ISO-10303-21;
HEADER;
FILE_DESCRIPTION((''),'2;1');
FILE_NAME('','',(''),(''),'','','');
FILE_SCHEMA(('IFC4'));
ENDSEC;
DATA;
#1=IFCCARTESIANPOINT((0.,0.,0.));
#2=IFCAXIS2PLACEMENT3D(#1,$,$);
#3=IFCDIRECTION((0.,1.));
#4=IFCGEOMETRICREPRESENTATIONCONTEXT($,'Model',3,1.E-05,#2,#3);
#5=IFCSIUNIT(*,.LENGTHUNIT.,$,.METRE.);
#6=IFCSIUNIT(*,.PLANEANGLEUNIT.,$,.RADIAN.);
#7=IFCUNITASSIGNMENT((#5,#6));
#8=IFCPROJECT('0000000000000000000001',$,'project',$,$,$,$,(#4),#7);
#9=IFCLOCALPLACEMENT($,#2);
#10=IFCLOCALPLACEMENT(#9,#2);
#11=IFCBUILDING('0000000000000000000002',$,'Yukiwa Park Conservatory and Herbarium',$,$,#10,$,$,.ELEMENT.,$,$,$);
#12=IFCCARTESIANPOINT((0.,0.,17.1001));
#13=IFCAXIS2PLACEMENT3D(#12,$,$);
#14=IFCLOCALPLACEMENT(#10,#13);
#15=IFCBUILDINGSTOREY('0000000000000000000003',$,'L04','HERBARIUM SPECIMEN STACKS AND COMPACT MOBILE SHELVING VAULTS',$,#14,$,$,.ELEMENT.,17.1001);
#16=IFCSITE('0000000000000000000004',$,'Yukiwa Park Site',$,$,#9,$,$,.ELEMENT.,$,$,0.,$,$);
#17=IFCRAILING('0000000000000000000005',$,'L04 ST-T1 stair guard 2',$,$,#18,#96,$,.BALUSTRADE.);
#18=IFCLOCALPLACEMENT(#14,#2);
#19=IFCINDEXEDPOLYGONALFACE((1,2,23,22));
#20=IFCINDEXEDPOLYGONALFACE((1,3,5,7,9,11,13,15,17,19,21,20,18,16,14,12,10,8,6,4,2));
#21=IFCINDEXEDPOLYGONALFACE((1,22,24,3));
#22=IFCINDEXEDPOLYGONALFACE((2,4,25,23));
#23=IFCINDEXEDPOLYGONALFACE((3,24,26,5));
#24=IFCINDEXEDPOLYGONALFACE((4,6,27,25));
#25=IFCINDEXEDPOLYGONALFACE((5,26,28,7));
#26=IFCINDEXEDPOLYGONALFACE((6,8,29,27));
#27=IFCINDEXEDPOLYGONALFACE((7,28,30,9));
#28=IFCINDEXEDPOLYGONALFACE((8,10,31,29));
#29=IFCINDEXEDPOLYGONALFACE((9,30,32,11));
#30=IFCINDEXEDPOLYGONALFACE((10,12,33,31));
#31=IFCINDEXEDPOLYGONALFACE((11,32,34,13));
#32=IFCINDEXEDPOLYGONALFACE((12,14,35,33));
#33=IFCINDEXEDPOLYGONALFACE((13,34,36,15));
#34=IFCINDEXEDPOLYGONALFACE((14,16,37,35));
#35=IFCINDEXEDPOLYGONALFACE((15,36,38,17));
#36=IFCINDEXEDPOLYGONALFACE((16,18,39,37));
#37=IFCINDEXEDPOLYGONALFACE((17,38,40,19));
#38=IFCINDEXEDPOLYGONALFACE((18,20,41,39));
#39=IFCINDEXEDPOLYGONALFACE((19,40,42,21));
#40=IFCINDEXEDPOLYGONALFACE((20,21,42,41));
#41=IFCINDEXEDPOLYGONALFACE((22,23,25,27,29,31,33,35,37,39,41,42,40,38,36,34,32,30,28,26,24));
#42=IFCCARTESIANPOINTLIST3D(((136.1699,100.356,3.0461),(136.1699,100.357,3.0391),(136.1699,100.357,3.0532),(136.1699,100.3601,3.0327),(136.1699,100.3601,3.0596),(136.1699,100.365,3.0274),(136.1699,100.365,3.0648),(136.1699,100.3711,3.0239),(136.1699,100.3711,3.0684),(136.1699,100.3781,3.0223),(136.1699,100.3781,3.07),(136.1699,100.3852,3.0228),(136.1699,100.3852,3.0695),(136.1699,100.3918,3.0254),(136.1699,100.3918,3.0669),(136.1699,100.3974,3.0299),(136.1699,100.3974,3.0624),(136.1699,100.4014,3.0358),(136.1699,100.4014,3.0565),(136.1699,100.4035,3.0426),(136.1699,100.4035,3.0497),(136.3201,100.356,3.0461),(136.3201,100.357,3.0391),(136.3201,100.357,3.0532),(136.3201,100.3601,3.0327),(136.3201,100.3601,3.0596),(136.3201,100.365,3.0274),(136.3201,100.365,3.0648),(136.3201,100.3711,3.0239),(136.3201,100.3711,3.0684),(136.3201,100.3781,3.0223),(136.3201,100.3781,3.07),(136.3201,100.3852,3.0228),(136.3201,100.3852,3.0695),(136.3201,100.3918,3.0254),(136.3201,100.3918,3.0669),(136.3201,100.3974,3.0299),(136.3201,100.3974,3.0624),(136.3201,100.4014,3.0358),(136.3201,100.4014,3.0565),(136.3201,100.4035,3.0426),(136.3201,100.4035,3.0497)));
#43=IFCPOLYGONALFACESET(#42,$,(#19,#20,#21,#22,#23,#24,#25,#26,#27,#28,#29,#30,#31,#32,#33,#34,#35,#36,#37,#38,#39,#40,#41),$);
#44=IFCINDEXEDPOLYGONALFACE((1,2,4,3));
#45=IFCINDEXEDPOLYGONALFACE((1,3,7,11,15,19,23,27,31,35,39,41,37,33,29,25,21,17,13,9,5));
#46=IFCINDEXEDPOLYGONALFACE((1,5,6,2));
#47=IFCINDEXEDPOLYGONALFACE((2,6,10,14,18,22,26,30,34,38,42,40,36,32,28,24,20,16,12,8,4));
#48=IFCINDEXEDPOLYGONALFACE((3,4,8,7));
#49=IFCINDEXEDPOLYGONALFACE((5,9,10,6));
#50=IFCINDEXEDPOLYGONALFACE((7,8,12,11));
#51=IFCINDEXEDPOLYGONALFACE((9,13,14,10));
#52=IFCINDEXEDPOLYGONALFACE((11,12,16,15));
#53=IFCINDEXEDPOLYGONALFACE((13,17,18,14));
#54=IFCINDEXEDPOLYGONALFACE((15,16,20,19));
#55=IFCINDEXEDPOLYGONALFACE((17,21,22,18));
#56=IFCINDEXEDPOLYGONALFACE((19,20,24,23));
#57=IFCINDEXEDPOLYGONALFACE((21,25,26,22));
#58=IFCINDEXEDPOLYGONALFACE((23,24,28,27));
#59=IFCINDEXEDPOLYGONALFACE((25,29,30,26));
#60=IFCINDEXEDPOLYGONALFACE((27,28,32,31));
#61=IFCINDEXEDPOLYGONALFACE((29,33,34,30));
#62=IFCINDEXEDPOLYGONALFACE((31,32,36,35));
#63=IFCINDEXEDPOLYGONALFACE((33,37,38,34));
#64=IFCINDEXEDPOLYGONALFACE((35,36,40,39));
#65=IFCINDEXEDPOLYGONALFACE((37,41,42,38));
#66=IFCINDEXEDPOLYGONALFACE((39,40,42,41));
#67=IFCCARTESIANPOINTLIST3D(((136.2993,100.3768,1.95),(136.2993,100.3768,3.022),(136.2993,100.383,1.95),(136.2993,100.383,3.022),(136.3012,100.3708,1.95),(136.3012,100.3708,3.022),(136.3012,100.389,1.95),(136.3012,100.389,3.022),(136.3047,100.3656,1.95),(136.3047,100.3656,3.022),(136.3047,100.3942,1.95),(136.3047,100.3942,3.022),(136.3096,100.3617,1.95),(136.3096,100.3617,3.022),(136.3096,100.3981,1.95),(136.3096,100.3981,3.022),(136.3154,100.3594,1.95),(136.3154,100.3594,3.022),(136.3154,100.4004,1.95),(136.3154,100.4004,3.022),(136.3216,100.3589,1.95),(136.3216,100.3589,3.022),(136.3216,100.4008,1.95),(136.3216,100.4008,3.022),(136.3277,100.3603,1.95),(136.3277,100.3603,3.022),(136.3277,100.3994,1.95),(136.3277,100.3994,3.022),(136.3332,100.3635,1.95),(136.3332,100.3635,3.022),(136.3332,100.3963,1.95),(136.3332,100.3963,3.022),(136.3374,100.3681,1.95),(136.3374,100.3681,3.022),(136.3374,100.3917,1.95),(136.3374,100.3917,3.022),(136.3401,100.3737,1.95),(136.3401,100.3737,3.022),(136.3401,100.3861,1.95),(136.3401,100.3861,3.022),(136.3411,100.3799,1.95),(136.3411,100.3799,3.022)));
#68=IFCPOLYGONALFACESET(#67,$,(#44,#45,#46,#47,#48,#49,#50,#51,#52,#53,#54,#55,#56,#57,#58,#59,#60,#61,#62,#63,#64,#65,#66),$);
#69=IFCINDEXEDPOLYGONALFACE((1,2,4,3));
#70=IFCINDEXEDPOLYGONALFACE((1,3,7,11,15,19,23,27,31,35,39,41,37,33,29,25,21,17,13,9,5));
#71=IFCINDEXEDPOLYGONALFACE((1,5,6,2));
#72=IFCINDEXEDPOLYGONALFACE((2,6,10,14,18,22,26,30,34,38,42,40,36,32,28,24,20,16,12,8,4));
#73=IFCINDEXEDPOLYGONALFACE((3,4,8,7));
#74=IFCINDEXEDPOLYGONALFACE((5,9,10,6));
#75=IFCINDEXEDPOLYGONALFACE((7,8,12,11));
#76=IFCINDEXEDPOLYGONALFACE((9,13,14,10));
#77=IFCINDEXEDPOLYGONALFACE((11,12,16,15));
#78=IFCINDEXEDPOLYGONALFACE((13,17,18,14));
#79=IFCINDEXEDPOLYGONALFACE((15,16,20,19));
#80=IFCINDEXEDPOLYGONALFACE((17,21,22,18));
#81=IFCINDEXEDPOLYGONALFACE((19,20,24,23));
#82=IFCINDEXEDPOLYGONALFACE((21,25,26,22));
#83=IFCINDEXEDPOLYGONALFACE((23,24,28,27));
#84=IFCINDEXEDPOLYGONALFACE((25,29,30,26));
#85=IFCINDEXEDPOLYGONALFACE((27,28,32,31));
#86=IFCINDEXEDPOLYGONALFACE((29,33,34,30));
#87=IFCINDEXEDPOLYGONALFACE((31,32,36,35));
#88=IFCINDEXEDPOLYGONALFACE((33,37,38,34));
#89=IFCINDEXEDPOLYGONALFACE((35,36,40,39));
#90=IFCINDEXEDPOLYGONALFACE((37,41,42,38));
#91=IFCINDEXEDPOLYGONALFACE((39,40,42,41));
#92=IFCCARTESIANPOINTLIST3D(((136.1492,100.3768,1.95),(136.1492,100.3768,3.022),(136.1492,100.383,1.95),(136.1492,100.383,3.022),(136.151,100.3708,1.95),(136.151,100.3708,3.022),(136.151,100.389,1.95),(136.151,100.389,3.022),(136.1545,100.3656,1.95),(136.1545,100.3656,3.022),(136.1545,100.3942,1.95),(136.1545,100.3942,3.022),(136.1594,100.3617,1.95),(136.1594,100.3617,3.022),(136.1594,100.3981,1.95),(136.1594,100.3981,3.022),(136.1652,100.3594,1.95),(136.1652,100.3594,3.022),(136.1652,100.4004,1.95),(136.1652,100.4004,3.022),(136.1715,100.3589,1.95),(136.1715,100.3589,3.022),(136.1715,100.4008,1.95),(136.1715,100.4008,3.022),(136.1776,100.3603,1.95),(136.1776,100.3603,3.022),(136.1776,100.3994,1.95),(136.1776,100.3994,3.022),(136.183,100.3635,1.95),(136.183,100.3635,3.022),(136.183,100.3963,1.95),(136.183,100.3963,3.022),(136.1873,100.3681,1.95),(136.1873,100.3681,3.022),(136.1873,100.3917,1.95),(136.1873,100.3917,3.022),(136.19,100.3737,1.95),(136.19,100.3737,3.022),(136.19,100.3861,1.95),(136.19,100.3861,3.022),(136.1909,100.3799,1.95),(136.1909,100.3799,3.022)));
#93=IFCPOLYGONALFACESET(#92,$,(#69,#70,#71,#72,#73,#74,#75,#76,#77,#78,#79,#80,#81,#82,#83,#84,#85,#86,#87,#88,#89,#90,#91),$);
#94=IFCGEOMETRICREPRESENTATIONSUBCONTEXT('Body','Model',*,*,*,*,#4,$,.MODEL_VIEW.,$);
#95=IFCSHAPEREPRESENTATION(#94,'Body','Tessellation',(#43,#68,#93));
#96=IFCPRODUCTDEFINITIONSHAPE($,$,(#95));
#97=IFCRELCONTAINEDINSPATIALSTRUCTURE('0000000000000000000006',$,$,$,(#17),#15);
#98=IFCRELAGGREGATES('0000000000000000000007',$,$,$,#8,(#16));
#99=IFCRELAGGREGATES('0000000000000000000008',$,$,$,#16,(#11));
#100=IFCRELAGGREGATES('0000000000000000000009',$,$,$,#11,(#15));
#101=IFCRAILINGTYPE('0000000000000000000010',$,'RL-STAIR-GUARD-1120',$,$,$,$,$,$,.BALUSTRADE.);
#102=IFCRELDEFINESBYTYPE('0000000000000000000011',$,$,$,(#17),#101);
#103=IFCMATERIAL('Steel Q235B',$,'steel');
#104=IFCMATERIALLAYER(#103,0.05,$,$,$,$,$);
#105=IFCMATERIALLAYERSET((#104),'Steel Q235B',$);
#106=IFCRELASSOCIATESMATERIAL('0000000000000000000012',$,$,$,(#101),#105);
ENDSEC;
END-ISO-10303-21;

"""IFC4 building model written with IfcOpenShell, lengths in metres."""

from ifc_helpers import new_model, si_unit, direction, frame, origin, origin_2d, place, context, subcontext, project, spatial, circle, extrude, material, layer, layer_set, type_object, element, save


model = new_model("IFC4")

# Units and contexts
model_context = context("Model", 3, precision=1e-05, world=origin(), true_north=direction((0.0, 1.0)))
body_context = subcontext(model_context, "Body", "Model", "MODEL_VIEW")
ifc_project = project(units=[si_unit("LENGTHUNIT", "METRE"), si_unit("PLANEANGLEUNIT", "RADIAN")], contexts=[model_context])

# Site, building, storey
site_placement = place(None, origin())
site = spatial("IfcSite", under=ifc_project, at=site_placement, Name="Yukiwa Park Site", CompositionType="ELEMENT", RefElevation=0.0)
building_placement = place(site_placement, origin())
building = spatial("IfcBuilding", under=site, at=building_placement, Name="Yukiwa Park Conservatory and Herbarium", CompositionType="ELEMENT")
storey_placement = place(building_placement, frame((0.0, 0.0, 17.1001)))
storey = spatial("IfcBuildingStorey", under=building, at=storey_placement, Name="L04", Description="HERBARIUM SPECIMEN STACKS AND COMPACT MOBILE SHELVING VAULTS", CompositionType="ELEMENT", Elevation=17.1001)

# Railing
ifc_material_1 = material(Name="Steel Q235B", Category="steel")
ifc_layer_1 = layer(ifc_material_1, 0.05)
ifc_layer_set_1 = layer_set([ifc_layer_1], Name="Steel Q235B")
railing_type_1 = type_object("IfcRailingType", Name="RL-STAIR-GUARD-1120", PredefinedType="BALUSTRADE", material=ifc_layer_set_1)
railing_1_placement = place(storey_placement, frame((136.3201, 100.3799, 1.95)))
element("IfcRailing", 1, at=railing_1_placement, inside=storey, type_object=railing_type_1, Name="L04 ST-T1 stair guard 2", PredefinedType="BALUSTRADE", context=body_context, shape_type="SweptSolid", body=[
    extrude(circle(Radius=0.0239, at=origin_2d()), frame((0.0, 0.0, 1.0962), z_axis=(-1.0, 0.0, 0.0), x_axis=(0.0, -1.0, 0.0)), (0.0, 0.0, 1.0), 0.1501),
    extrude(circle(Radius=0.021, at=origin_2d()), origin(), (0.0, 0.0, 1.0), 1.072),
    extrude(circle(Radius=0.021, at=origin_2d()), frame((-0.1501, 0.0, 0.0)), (0.0, 0.0, 1.0), 1.072),
])

save(model, "model.ifc")
